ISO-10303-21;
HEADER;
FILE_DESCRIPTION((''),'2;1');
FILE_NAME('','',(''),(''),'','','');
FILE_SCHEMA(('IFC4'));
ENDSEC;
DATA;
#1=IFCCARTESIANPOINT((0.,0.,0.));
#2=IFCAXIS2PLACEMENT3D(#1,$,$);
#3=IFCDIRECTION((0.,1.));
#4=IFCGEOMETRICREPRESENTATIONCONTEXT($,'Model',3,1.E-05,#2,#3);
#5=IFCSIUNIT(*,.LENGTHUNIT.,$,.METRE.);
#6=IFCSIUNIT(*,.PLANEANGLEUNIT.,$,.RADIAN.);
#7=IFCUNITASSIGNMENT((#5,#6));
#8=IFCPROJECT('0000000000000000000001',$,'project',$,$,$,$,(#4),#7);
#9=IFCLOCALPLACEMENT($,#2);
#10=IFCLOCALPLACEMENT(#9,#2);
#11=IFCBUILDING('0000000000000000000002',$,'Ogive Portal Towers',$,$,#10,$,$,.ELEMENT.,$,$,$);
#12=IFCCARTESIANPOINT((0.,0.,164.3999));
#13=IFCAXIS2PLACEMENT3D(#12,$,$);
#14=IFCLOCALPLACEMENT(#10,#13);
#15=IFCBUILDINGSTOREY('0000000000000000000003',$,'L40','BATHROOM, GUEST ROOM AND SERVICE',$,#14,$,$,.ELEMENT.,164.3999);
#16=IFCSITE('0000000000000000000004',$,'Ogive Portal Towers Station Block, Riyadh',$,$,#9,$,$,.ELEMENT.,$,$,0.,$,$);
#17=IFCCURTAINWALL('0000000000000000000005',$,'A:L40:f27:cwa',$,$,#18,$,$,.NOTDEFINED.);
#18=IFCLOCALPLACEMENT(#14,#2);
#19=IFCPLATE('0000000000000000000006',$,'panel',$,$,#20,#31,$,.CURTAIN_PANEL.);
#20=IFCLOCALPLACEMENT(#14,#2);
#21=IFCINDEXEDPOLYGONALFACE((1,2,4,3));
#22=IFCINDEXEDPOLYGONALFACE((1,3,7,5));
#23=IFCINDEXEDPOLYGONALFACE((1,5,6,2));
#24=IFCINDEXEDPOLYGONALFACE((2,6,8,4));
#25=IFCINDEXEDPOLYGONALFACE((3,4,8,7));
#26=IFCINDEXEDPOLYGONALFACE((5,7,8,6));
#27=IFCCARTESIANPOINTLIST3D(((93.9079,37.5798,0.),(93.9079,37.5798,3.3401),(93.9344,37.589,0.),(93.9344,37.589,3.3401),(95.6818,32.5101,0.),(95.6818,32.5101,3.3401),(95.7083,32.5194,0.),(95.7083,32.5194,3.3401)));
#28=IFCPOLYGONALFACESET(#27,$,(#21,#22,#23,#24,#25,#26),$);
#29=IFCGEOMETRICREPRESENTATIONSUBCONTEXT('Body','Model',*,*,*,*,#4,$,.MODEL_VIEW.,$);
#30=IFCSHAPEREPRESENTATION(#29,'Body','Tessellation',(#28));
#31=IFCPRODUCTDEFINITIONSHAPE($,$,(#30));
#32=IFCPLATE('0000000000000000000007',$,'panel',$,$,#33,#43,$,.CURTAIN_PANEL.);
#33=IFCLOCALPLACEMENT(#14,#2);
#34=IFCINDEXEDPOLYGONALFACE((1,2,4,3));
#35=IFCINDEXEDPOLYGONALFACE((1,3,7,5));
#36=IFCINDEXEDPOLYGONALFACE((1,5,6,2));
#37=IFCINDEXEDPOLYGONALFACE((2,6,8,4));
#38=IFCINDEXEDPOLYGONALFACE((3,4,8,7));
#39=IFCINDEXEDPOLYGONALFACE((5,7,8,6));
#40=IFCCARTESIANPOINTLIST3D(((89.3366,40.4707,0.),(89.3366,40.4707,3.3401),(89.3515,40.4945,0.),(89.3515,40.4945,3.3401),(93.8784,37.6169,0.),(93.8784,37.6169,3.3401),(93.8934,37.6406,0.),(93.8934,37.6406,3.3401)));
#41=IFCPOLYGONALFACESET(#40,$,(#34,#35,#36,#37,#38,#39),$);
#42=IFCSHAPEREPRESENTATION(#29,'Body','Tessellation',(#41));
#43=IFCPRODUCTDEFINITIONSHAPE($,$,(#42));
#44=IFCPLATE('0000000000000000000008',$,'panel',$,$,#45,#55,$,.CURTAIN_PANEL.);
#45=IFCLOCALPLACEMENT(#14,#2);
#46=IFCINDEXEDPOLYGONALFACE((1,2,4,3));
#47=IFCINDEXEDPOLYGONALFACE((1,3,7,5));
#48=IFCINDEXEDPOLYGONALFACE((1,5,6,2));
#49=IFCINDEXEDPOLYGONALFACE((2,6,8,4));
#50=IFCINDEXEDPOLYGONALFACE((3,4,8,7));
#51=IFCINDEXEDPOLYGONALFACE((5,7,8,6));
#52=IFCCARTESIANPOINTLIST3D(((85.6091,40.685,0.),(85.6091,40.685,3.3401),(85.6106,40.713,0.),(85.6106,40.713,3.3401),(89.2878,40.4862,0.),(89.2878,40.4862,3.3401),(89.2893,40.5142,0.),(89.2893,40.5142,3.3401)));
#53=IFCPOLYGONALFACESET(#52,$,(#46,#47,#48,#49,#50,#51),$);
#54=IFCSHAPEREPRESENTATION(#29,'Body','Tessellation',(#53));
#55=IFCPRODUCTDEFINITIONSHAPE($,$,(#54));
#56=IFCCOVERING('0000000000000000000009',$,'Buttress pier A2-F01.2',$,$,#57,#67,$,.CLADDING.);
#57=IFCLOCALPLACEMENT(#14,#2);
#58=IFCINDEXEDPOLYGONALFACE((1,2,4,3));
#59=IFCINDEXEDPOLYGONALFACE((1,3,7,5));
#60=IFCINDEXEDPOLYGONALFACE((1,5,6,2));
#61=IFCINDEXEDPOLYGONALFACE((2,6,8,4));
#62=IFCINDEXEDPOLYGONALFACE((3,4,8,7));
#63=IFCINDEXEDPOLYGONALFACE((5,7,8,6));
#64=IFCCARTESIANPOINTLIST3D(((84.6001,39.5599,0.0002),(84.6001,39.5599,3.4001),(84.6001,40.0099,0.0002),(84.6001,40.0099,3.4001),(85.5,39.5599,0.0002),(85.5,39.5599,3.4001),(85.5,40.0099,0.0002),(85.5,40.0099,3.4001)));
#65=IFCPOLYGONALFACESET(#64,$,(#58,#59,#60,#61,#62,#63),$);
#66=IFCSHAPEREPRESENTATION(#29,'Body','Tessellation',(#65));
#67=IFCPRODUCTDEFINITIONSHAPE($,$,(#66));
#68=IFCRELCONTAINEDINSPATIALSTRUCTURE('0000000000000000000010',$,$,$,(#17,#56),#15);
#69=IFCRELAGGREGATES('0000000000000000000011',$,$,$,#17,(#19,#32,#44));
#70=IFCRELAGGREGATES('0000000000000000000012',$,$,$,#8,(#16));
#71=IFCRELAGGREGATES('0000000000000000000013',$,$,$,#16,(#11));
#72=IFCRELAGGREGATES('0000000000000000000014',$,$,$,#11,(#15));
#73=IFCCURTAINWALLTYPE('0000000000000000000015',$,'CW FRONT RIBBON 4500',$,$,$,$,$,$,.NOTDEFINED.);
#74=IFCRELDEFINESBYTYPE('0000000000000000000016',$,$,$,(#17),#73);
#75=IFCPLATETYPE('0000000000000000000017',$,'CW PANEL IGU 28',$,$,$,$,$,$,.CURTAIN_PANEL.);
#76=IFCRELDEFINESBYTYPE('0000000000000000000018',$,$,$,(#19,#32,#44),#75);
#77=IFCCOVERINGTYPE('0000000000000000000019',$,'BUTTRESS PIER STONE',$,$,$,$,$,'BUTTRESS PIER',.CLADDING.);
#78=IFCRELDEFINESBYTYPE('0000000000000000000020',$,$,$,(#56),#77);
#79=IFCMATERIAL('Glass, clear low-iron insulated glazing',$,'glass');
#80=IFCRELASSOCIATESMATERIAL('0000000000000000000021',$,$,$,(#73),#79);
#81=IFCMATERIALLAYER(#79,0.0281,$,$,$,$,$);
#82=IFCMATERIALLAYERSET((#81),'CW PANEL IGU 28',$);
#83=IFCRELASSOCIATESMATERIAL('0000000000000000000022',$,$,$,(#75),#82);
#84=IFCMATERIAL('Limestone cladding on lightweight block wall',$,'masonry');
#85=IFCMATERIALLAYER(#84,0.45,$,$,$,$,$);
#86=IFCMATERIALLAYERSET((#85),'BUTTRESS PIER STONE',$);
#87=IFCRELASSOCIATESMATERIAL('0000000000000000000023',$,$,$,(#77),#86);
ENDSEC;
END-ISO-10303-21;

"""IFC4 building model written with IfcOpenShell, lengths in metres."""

from ifc_helpers import new_model, si_unit, direction, frame, origin, origin_2d, place, context, subcontext, project, spatial, rectangle, extrude, material, layer, layer_set, type_object, element, aggregate, save


model = new_model("IFC4")

# Units and contexts
model_context = context("Model", 3, precision=1e-05, world=origin(), true_north=direction((0.0, 1.0)))
body_context = subcontext(model_context, "Body", "Model", "MODEL_VIEW")
ifc_project = project(units=[si_unit("LENGTHUNIT", "METRE"), si_unit("PLANEANGLEUNIT", "RADIAN")], contexts=[model_context])

# Site, building, storey
site_placement = place(None, origin())
site = spatial("IfcSite", under=ifc_project, at=site_placement, Name="Ogive Portal Towers Station Block, Riyadh", CompositionType="ELEMENT", RefElevation=0.0)
building_placement = place(site_placement, origin())
building = spatial("IfcBuilding", under=site, at=building_placement, Name="Ogive Portal Towers", CompositionType="ELEMENT")
storey_placement = place(building_placement, frame((0.0, 0.0, 164.3999)))
storey = spatial("IfcBuildingStorey", under=building, at=storey_placement, Name="L40", Description="BATHROOM, GUEST ROOM AND SERVICE", CompositionType="ELEMENT", Elevation=164.3999)

# Curtain wall
ifc_material_1 = material(Name="Glass, clear low-iron insulated glazing", Category="glass")
curtain_wall_type_1 = type_object("IfcCurtainWallType", Name="CW FRONT RIBBON 4500", PredefinedType="NOTDEFINED", material=ifc_material_1)
curtain_wall_1_placement = place(storey_placement, origin())
curtain_wall_1 = element("IfcCurtainWall", 1, at=curtain_wall_1_placement, inside=storey, type_object=curtain_wall_type_1, Name="A:L40:f27:cwa", PredefinedType="NOTDEFINED")

# Plates
ifc_layer_1 = layer(ifc_material_1, 0.0281)
ifc_layer_set_1 = layer_set([ifc_layer_1], Name="CW PANEL IGU 28")
plate_type = type_object("IfcPlateType", Name="CW PANEL IGU 28", PredefinedType="CURTAIN_PANEL", material=ifc_layer_set_1)
plate_1_placement = place(storey_placement, frame((94.8081, 35.0496, 0.0), z_axis=(0.0, 0.0, 1.0), x_axis=(-0.330279, 0.943883, 0.0)))
plate_1 = element("IfcPlate", 2, at=plate_1_placement, type_object=plate_type, Name="panel", PredefinedType="CURTAIN_PANEL", context=body_context, shape_type="SweptSolid", body=[
    extrude(rectangle(XDim=5.3711, YDim=0.0281, at=origin_2d()), origin(), (0.0, 0.0, 1.0), 3.3401),
])
plate_2_placement = place(storey_placement, frame((91.615, 39.0557, 0.0), z_axis=(0.0, 0.0, 1.0), x_axis=(-0.846724, 0.532032, 0.0)))
plate_2 = element("IfcPlate", 3, at=plate_2_placement, type_object=plate_type, Name="panel", PredefinedType="CURTAIN_PANEL", context=body_context, shape_type="SweptSolid", body=[
    extrude(rectangle(XDim=5.364, YDim=0.0281, at=origin_2d()), origin(), (0.0, 0.0, 1.0), 3.3401),
])
plate_3_placement = place(storey_placement, frame((87.4492, 40.5996, 0.0), z_axis=(0.0, 0.0, 1.0), x_axis=(-0.998543, 0.053965, 0.0)))
plate_3 = element("IfcPlate", 4, at=plate_3_placement, type_object=plate_type, Name="panel", PredefinedType="CURTAIN_PANEL", context=body_context, shape_type="SweptSolid", body=[
    extrude(rectangle(XDim=3.6841, YDim=0.0281, at=origin_2d()), origin(), (0.0, 0.0, 1.0), 3.3401),
])
aggregate(curtain_wall_1, [plate_1, plate_2, plate_3])

# Covering
ifc_material_2 = material(Name="Limestone cladding on lightweight block wall", Category="masonry")
ifc_layer_2 = layer(ifc_material_2, 0.45)
ifc_layer_set_2 = layer_set([ifc_layer_2], Name="BUTTRESS PIER STONE")
covering_type = type_object("IfcCoveringType", Name="BUTTRESS PIER STONE", ElementType="BUTTRESS PIER", PredefinedType="CLADDING", material=ifc_layer_set_2)
covering_placement = place(storey_placement, frame((85.05, 39.7849, 0.0002), z_axis=(0.0, 0.0, 1.0), x_axis=(1.0, 0.0, 0.0)))
element("IfcCovering", 5, at=covering_placement, inside=storey, type_object=covering_type, Name="Buttress pier A2-F01.2", PredefinedType="CLADDING", context=body_context, shape_type="SweptSolid", body=[
    extrude(rectangle(XDim=0.8999, YDim=0.45, at=origin_2d()), origin(), (0.0, 0.0, 1.0), 3.3999),
])

save(model, "model.ifc")
